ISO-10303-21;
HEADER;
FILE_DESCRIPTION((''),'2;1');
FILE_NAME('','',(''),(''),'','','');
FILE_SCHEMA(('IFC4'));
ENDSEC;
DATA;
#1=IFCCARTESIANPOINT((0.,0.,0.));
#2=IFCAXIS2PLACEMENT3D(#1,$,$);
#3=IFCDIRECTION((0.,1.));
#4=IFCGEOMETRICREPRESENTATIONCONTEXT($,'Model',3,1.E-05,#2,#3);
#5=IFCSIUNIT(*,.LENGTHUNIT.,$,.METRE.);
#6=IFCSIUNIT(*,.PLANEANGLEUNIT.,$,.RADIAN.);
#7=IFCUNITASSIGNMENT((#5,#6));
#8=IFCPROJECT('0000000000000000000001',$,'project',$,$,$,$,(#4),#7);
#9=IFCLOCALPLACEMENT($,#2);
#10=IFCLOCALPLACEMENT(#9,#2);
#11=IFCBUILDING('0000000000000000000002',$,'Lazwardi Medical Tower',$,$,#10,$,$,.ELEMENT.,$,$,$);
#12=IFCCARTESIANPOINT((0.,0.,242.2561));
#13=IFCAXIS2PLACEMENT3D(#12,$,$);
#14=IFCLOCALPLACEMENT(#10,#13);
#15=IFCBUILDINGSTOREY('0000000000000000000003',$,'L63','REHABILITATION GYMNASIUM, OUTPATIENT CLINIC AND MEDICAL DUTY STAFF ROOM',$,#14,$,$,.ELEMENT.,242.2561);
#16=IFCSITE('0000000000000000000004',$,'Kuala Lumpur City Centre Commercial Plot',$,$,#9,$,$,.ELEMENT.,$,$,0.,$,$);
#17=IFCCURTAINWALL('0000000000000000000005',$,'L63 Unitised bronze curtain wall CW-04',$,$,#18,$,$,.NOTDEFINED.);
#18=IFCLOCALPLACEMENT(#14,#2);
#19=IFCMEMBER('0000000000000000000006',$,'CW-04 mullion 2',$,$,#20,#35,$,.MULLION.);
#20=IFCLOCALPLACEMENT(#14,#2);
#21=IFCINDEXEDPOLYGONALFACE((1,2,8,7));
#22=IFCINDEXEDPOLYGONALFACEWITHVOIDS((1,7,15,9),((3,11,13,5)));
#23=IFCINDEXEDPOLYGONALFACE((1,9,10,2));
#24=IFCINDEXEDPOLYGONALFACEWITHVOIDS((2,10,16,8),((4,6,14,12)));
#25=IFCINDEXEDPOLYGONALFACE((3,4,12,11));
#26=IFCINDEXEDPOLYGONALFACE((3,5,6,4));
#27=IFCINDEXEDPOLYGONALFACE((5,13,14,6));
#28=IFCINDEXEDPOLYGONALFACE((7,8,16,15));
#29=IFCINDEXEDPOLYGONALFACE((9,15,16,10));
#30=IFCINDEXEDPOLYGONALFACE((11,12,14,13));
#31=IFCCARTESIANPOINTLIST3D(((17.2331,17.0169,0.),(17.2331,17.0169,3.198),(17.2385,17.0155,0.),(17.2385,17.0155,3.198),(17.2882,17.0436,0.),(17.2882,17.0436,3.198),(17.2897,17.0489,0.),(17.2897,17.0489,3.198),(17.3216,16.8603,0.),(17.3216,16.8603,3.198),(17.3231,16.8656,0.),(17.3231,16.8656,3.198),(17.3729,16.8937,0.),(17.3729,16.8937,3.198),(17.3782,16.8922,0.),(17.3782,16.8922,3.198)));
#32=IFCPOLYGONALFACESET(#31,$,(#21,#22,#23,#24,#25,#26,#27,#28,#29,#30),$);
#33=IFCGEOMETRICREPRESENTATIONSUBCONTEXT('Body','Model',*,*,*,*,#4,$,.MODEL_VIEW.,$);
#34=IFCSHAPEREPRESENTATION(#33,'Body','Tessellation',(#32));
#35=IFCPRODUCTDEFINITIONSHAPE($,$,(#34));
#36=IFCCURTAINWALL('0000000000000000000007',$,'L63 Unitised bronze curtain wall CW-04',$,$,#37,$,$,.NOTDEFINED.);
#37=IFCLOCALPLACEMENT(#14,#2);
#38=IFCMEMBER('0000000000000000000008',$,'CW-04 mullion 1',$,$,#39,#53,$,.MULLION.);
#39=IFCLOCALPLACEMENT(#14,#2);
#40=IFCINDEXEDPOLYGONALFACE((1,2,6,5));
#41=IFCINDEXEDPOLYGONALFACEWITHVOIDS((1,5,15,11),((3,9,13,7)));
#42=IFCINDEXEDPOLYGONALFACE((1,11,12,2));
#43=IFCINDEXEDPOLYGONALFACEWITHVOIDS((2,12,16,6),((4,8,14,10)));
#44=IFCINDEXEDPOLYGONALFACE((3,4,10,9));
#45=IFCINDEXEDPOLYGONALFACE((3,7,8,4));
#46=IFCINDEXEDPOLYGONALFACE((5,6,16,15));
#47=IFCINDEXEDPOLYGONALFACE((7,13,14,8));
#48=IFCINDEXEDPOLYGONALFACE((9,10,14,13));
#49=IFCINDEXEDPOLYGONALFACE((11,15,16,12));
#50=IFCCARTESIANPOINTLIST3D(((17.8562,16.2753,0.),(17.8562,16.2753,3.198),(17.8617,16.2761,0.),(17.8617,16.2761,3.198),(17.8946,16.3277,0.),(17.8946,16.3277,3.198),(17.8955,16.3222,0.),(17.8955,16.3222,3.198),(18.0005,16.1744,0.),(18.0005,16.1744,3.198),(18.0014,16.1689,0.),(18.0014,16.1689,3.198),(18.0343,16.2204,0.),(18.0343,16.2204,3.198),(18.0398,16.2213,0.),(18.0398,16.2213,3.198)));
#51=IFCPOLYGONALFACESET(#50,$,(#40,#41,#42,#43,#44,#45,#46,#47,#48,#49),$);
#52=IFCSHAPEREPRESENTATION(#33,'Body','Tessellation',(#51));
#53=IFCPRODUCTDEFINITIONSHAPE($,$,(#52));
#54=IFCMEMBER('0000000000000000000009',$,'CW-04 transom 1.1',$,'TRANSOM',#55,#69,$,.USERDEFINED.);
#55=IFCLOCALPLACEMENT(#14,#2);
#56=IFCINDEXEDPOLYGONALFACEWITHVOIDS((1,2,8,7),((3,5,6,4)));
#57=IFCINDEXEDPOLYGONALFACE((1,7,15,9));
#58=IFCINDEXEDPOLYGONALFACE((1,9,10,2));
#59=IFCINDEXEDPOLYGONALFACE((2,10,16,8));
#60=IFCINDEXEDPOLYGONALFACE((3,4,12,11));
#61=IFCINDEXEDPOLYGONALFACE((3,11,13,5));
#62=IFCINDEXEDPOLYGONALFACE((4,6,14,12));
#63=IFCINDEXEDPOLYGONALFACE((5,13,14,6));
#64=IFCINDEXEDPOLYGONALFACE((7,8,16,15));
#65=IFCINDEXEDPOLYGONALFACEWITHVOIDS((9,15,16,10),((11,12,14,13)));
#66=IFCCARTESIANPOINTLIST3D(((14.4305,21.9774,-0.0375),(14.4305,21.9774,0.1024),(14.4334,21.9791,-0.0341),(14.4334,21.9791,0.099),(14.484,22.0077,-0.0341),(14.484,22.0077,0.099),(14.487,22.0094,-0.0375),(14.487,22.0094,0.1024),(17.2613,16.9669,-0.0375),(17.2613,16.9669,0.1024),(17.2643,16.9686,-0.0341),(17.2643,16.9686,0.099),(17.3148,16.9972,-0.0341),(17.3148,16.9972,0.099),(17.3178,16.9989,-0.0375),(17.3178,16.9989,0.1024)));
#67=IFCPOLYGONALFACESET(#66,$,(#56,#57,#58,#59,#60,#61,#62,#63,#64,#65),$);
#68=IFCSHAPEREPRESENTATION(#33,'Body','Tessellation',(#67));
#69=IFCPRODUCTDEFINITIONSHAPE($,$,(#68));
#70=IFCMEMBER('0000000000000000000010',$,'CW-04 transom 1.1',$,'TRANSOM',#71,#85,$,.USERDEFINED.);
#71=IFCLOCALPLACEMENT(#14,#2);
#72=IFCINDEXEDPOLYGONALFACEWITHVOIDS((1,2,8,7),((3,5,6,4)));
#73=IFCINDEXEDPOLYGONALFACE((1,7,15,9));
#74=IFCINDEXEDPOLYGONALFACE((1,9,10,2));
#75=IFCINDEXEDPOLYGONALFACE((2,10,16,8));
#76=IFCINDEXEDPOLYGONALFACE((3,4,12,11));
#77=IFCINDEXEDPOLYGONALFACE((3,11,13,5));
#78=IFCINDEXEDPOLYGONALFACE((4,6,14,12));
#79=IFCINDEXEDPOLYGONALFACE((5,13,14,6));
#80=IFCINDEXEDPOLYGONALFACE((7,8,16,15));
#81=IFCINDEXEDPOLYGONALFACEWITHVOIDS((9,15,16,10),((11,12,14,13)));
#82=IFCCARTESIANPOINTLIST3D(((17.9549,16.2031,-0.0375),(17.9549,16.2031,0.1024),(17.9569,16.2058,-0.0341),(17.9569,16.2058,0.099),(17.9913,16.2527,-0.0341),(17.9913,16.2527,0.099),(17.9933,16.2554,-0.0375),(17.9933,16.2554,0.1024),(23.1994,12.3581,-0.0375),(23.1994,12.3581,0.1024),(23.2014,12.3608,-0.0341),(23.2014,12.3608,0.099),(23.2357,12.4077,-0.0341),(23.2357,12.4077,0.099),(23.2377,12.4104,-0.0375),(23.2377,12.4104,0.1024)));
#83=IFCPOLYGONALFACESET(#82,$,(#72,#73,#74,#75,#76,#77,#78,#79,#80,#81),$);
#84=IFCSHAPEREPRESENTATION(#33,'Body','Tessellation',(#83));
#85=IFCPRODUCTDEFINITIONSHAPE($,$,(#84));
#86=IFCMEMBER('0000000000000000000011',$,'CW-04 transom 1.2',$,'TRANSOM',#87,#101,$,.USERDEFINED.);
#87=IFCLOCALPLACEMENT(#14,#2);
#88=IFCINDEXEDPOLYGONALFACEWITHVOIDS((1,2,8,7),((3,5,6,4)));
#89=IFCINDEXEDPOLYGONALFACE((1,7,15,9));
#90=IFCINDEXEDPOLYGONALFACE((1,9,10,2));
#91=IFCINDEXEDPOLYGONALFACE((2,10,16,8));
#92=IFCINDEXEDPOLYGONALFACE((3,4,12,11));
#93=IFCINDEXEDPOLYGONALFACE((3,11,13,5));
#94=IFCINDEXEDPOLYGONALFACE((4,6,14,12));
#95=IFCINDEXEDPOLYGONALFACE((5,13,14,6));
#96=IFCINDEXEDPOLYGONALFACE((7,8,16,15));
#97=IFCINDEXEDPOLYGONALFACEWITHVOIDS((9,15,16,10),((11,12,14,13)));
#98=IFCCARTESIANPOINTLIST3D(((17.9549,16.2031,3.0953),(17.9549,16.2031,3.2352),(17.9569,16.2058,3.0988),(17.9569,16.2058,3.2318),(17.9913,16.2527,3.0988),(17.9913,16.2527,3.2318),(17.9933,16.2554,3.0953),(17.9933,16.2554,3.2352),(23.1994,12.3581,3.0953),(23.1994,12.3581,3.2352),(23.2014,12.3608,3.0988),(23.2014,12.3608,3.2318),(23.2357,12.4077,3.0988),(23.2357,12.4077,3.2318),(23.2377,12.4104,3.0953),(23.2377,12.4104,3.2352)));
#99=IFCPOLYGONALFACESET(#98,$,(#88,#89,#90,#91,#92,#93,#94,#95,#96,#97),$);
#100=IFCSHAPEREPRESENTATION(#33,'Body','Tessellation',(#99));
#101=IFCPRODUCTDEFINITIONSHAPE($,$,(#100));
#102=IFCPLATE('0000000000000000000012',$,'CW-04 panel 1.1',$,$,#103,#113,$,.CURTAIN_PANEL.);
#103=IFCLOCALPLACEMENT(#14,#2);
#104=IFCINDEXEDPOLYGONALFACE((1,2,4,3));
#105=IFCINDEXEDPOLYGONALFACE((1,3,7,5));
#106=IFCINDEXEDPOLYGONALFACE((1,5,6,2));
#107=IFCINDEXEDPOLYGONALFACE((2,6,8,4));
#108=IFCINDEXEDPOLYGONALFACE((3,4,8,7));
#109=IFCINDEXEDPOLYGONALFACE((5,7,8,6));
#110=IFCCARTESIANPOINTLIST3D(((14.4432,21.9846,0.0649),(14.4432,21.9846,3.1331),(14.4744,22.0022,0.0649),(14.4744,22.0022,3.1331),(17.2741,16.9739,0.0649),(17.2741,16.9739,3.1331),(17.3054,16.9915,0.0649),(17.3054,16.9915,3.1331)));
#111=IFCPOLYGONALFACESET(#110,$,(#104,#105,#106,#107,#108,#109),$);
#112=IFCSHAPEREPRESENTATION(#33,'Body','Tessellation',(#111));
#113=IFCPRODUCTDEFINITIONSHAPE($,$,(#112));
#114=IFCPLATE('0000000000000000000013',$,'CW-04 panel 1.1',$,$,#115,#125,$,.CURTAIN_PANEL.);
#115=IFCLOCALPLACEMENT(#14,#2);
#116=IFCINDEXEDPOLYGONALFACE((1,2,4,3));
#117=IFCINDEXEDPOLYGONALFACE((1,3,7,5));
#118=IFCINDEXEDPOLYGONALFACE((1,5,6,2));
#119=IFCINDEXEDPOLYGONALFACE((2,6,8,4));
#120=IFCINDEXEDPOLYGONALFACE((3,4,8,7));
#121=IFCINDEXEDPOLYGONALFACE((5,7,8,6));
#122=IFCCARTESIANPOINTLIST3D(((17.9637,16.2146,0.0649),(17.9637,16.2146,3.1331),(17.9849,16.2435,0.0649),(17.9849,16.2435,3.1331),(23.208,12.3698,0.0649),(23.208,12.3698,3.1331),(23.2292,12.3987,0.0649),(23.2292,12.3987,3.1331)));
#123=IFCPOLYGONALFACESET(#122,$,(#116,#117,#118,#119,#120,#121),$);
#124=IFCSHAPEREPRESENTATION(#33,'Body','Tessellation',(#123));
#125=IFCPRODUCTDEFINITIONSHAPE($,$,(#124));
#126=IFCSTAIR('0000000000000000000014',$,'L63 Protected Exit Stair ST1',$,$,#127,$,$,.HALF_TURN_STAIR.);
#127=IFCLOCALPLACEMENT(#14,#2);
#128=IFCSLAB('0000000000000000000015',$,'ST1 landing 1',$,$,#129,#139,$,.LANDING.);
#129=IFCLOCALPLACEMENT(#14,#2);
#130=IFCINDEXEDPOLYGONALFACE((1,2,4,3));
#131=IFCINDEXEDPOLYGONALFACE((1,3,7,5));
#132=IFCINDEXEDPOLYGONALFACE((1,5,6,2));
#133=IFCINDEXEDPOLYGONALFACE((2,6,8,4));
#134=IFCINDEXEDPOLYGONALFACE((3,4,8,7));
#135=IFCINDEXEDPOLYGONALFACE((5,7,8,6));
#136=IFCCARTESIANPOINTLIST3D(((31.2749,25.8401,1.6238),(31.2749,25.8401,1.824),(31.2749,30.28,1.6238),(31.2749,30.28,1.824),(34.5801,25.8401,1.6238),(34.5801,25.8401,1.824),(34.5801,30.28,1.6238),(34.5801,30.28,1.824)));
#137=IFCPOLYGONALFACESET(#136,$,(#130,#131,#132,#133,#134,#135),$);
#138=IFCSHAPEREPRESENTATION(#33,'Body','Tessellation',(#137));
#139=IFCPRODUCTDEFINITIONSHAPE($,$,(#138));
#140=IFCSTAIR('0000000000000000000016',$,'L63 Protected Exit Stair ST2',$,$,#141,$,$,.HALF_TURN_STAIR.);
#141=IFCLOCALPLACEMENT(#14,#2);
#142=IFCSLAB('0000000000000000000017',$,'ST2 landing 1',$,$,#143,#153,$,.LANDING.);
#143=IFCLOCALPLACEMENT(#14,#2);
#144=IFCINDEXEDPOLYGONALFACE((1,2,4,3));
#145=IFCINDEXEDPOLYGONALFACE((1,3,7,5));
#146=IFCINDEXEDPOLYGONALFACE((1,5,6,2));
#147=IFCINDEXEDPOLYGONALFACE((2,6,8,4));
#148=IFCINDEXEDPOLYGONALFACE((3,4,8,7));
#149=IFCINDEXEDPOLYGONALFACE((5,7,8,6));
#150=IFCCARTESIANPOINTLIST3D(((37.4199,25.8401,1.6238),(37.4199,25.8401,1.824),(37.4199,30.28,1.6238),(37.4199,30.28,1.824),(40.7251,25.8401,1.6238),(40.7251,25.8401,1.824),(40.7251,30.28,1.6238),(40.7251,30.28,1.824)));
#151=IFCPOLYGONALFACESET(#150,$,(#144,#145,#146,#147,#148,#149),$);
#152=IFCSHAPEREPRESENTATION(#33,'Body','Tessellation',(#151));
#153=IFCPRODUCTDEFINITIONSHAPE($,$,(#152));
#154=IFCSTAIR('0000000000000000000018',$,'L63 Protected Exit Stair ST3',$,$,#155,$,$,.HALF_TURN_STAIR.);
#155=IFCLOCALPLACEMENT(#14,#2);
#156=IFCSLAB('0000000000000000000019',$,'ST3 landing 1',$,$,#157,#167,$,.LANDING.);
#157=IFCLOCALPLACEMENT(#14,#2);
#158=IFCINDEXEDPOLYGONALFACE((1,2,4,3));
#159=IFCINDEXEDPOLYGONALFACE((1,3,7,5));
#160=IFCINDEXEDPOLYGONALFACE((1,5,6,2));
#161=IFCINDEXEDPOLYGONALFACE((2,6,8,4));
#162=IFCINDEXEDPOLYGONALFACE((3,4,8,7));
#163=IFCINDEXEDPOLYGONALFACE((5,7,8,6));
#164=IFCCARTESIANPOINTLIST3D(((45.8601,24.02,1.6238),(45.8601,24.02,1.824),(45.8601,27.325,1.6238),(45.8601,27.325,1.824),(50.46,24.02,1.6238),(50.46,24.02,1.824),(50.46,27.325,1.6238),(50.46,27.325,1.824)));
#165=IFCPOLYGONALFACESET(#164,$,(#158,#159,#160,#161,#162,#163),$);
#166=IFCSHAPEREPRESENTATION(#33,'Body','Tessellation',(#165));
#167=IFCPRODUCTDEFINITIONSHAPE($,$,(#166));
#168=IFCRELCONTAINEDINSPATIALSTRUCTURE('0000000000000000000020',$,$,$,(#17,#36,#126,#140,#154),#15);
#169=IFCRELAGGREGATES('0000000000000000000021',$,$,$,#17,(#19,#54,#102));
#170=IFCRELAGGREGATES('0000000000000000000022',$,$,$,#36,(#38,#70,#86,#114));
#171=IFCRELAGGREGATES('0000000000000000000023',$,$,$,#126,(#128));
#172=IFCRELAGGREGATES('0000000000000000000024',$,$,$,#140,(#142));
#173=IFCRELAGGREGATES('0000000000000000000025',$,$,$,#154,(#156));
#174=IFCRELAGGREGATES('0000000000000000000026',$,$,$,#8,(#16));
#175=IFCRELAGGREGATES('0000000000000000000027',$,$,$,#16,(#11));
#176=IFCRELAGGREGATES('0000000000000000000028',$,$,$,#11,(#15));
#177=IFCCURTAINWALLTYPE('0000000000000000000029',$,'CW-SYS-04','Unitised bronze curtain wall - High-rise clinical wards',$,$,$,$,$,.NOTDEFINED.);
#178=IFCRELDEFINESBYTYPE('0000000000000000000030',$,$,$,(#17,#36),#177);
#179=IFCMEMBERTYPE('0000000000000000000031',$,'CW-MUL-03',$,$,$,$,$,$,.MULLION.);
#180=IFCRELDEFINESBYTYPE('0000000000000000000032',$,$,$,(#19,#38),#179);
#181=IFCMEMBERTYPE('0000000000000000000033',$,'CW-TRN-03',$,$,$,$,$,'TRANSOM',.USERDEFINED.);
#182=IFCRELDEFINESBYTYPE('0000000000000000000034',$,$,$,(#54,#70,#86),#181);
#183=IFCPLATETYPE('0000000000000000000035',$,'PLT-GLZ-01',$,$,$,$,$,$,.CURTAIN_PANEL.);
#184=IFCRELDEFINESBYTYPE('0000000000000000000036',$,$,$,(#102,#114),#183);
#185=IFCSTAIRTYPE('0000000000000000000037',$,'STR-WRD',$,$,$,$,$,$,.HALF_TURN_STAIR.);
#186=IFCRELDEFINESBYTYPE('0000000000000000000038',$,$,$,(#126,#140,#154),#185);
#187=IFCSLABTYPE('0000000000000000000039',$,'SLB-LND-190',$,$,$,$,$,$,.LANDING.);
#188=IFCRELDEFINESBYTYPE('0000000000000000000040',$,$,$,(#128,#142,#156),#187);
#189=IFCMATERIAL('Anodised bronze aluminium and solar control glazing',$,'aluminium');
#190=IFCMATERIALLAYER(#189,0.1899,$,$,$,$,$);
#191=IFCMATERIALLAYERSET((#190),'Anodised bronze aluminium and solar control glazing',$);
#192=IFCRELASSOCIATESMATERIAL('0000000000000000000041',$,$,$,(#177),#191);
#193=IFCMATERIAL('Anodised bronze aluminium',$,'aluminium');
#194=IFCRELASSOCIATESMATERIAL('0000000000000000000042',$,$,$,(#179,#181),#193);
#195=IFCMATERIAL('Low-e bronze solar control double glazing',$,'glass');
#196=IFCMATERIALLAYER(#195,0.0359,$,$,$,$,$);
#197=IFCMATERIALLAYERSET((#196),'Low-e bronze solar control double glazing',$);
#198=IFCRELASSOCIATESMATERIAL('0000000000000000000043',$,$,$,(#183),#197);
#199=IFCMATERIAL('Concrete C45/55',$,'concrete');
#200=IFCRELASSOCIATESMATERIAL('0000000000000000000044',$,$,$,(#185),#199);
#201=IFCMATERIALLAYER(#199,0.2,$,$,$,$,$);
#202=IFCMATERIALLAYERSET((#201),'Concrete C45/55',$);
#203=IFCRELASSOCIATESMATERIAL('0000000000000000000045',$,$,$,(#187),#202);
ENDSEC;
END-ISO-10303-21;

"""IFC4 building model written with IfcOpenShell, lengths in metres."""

from ifc_helpers import new_model, si_unit, direction, frame, origin, origin_2d, place, context, subcontext, project, spatial, polyline, rectangle, hollow_rectangle, outline, extrude, material, layer, layer_set, material_profile, profile_set, type_object, element, aggregate, save


model = new_model("IFC4")

# Units and contexts
model_context = context("Model", 3, precision=1e-05, world=origin(), true_north=direction((0.0, 1.0)))
body_context = subcontext(model_context, "Body", "Model", "MODEL_VIEW")
ifc_project = project(units=[si_unit("LENGTHUNIT", "METRE"), si_unit("PLANEANGLEUNIT", "RADIAN")], contexts=[model_context])

# Site, building, storey
site_placement = place(None, origin())
site = spatial("IfcSite", under=ifc_project, at=site_placement, Name="Kuala Lumpur City Centre Commercial Plot", CompositionType="ELEMENT", RefElevation=0.0)
building_placement = place(site_placement, origin())
building = spatial("IfcBuilding", under=site, at=building_placement, Name="Lazwardi Medical Tower", CompositionType="ELEMENT")
storey_placement = place(building_placement, frame((0.0, 0.0, 242.2561)))
storey = spatial("IfcBuildingStorey", under=building, at=storey_placement, Name="L63", Description="REHABILITATION GYMNASIUM, OUTPATIENT CLINIC AND MEDICAL DUTY STAFF ROOM", CompositionType="ELEMENT", Elevation=242.2561)

# Curtain walls, members
ifc_material_1 = material(Name="Anodised bronze aluminium and solar control glazing", Category="aluminium")
ifc_layer_1 = layer(ifc_material_1, 0.1899)
ifc_layer_set_1 = layer_set([ifc_layer_1], Name="Anodised bronze aluminium and solar control glazing")
curtain_wall_type = type_object("IfcCurtainWallType", Name="CW-SYS-04", Description="Unitised bronze curtain wall - High-rise clinical wards", PredefinedType="NOTDEFINED", material=ifc_layer_set_1)
curtain_wall_1_placement = place(storey_placement, origin())
curtain_wall_1 = element("IfcCurtainWall", 1, at=curtain_wall_1_placement, inside=storey, type_object=curtain_wall_type, Name="L63 Unitised bronze curtain wall CW-04", PredefinedType="NOTDEFINED")
ifc_material_2 = material(Name="Anodised bronze aluminium", Category="aluminium")
ifc_material_profile_1 = material_profile(ifc_material_2, hollow_rectangle(XDim=0.0649, YDim=0.1799, WallThickness=0.0039, at=origin_2d()), Name="ALU-MULLION 180x65x4")
ifc_profile_set_1 = profile_set([ifc_material_profile_1], Name="Anodised bronze aluminium")
member_type_1 = type_object("IfcMemberType", Name="CW-MUL-03", PredefinedType="MULLION", material=ifc_profile_set_1)
member_1_placement = place(storey_placement, frame((17.3057, 16.9546, 0.0), z_axis=(0.0, 0.0, 1.0), x_axis=(0.870651, 0.4919, 0.0)))
member_1 = element("IfcMember", 2, at=member_1_placement, type_object=member_type_1, Name="CW-04 mullion 2", PredefinedType="MULLION", context=body_context, shape_type="SweptSolid", body=[
    extrude(hollow_rectangle(XDim=0.0649, YDim=0.1799, WallThickness=0.0039, at=origin_2d()), origin(), (0.0, 0.0, 1.0), 3.198),
])
curtain_wall_2_placement = place(storey_placement, origin())
curtain_wall_2 = element("IfcCurtainWall", 3, at=curtain_wall_2_placement, inside=storey, type_object=curtain_wall_type, Name="L63 Unitised bronze curtain wall CW-04", PredefinedType="NOTDEFINED")
member_2_placement = place(storey_placement, frame((17.948, 16.2483, 0.0), z_axis=(0.0, 0.0, 1.0), x_axis=(0.591268, 0.806475, 0.0)))
member_2 = element("IfcMember", 4, at=member_2_placement, type_object=member_type_1, Name="CW-04 mullion 1", PredefinedType="MULLION", context=body_context, shape_type="SweptSolid", body=[
    extrude(hollow_rectangle(XDim=0.0649, YDim=0.1799, WallThickness=0.0039, at=origin_2d()), origin(), (0.0, 0.0, 1.0), 3.198),
])

# Members
ifc_material_profile_2 = material_profile(ifc_material_2, hollow_rectangle(XDim=0.0649, YDim=0.1399, WallThickness=0.0034, at=origin_2d()), Name="ALU-TRANSOM 140x65x3.5")
ifc_profile_set_2 = profile_set([ifc_material_profile_2], Name="Anodised bronze aluminium")
member_type_2 = type_object("IfcMemberType", Name="CW-TRN-03", ElementType="TRANSOM", PredefinedType="USERDEFINED", material=ifc_profile_set_2)
member_3_placement = place(storey_placement, frame((14.4587, 21.9934, 0.0325), z_axis=(0.491898, -0.870653, 0.0), x_axis=(0.870653, 0.491898, 0.0)))
member_3 = element("IfcMember", 5, at=member_3_placement, type_object=member_type_2, Name="CW-04 transom 1.1", ObjectType="TRANSOM", PredefinedType="USERDEFINED", context=body_context, shape_type="SweptSolid", body=[
    extrude(hollow_rectangle(XDim=0.0649, YDim=0.1399, WallThickness=0.0034, at=origin_2d()), origin(), (0.0, 0.0, 1.0), 5.7549),
])
member_4_placement = place(storey_placement, frame((17.9741, 16.2292, 0.0325), z_axis=(0.806472, -0.591273, 0.0), x_axis=(0.591273, 0.806472, 0.0)))
member_4 = element("IfcMember", 6, at=member_4_placement, type_object=member_type_2, Name="CW-04 transom 1.1", ObjectType="TRANSOM", PredefinedType="USERDEFINED", context=body_context, shape_type="SweptSolid", body=[
    extrude(hollow_rectangle(XDim=0.0649, YDim=0.1399, WallThickness=0.0034, at=origin_2d()), origin(), (0.0, 0.0, 1.0), 6.5029),
])
member_5_placement = place(storey_placement, frame((17.9741, 16.2292, 3.1653), z_axis=(0.806472, -0.591273, 0.0), x_axis=(0.591273, 0.806472, 0.0)))
member_5 = element("IfcMember", 7, at=member_5_placement, type_object=member_type_2, Name="CW-04 transom 1.2", ObjectType="TRANSOM", PredefinedType="USERDEFINED", context=body_context, shape_type="SweptSolid", body=[
    extrude(hollow_rectangle(XDim=0.0649, YDim=0.1399, WallThickness=0.0034, at=origin_2d()), origin(), (0.0, 0.0, 1.0), 6.5029),
])

# Plates
ifc_material_3 = material(Name="Low-e bronze solar control double glazing", Category="glass")
ifc_layer_2 = layer(ifc_material_3, 0.0359)
ifc_layer_set_2 = layer_set([ifc_layer_2], Name="Low-e bronze solar control double glazing")
plate_type = type_object("IfcPlateType", Name="PLT-GLZ-01", PredefinedType="CURTAIN_PANEL", material=ifc_layer_set_2)
plate_1_placement = place(storey_placement, frame((15.8743, 19.488, 0.0649), z_axis=(0.0, 0.0, 1.0), x_axis=(0.4919, -0.870651, 0.0)))
plate_1 = element("IfcPlate", 8, at=plate_1_placement, type_object=plate_type, Name="CW-04 panel 1.1", PredefinedType="CURTAIN_PANEL", context=body_context, shape_type="SweptSolid", body=[
    extrude(rectangle(XDim=5.7551, YDim=0.0359, at=origin_2d()), origin(), (0.0, 0.0, 1.0), 3.0681),
])
aggregate(curtain_wall_1, [member_1, member_3, plate_1])
plate_2_placement = place(storey_placement, frame((20.5964, 14.3066, 0.0649), z_axis=(0.0, 0.0, 1.0), x_axis=(0.806475, -0.591268, 0.0)))
plate_2 = element("IfcPlate", 9, at=plate_2_placement, type_object=plate_type, Name="CW-04 panel 1.1", PredefinedType="CURTAIN_PANEL", context=body_context, shape_type="SweptSolid", body=[
    extrude(rectangle(XDim=6.5027, YDim=0.0359, at=origin_2d()), origin(), (0.0, 0.0, 1.0), 3.0681),
])
aggregate(curtain_wall_2, [member_2, member_4, member_5, plate_2])

# Stairs, slabs
ifc_material_4 = material(Name="Concrete C45/55", Category="concrete")
stair_type = type_object("IfcStairType", Name="STR-WRD", PredefinedType="HALF_TURN_STAIR", material=ifc_material_4)
stair_1_placement = place(storey_placement, origin())
stair_1 = element("IfcStair", 10, at=stair_1_placement, inside=storey, type_object=stair_type, Name="L63 Protected Exit Stair ST1", PredefinedType="HALF_TURN_STAIR")
ifc_layer_3 = layer(ifc_material_4, 0.2)
ifc_layer_set_3 = layer_set([ifc_layer_3], Name="Concrete C45/55")
slab_type_1 = type_object("IfcSlabType", Name="SLB-LND-190", PredefinedType="LANDING", material=ifc_layer_set_3)
slab_1_placement = place(storey_placement, frame((0.0, 0.0, 1.6238)))
slab_1 = element("IfcSlab", 11, at=slab_1_placement, type_object=slab_type_1, Name="ST1 landing 1", PredefinedType="LANDING", context=body_context, shape_type="SweptSolid", body=[
    extrude(outline(polyline([(31.2749, 25.8401), (34.5801, 25.8401), (34.5801, 30.28), (31.2749, 30.28), (31.2749, 25.8401)])), origin(), (0.0, 0.0, 1.0), 0.2002),
])
aggregate(stair_1, [slab_1])
stair_2_placement = place(storey_placement, origin())
stair_2 = element("IfcStair", 12, at=stair_2_placement, inside=storey, type_object=stair_type, Name="L63 Protected Exit Stair ST2", PredefinedType="HALF_TURN_STAIR")
slab_2_placement = place(storey_placement, frame((0.0, 0.0, 1.6238)))
slab_2 = element("IfcSlab", 13, at=slab_2_placement, type_object=slab_type_1, Name="ST2 landing 1", PredefinedType="LANDING", context=body_context, shape_type="SweptSolid", body=[
    extrude(outline(polyline([(40.7251, 30.28), (37.4199, 30.28), (37.4199, 25.8401), (40.7251, 25.8401), (40.7251, 30.28)])), origin(), (0.0, 0.0, 1.0), 0.2002),
])
aggregate(stair_2, [slab_2])
stair_3_placement = place(storey_placement, origin())
stair_3 = element("IfcStair", 14, at=stair_3_placement, inside=storey, type_object=stair_type, Name="L63 Protected Exit Stair ST3", PredefinedType="HALF_TURN_STAIR")
slab_3_placement = place(storey_placement, frame((0.0, 0.0, 1.6238)))
slab_3 = element("IfcSlab", 15, at=slab_3_placement, type_object=slab_type_1, Name="ST3 landing 1", PredefinedType="LANDING", context=body_context, shape_type="SweptSolid", body=[
    extrude(outline(polyline([(45.8601, 27.325), (45.8601, 24.02), (50.46, 24.02), (50.46, 27.325), (45.8601, 27.325)])), origin(), (0.0, 0.0, 1.0), 0.2002),
])
aggregate(stair_3, [slab_3])

save(model, "model.ifc")
